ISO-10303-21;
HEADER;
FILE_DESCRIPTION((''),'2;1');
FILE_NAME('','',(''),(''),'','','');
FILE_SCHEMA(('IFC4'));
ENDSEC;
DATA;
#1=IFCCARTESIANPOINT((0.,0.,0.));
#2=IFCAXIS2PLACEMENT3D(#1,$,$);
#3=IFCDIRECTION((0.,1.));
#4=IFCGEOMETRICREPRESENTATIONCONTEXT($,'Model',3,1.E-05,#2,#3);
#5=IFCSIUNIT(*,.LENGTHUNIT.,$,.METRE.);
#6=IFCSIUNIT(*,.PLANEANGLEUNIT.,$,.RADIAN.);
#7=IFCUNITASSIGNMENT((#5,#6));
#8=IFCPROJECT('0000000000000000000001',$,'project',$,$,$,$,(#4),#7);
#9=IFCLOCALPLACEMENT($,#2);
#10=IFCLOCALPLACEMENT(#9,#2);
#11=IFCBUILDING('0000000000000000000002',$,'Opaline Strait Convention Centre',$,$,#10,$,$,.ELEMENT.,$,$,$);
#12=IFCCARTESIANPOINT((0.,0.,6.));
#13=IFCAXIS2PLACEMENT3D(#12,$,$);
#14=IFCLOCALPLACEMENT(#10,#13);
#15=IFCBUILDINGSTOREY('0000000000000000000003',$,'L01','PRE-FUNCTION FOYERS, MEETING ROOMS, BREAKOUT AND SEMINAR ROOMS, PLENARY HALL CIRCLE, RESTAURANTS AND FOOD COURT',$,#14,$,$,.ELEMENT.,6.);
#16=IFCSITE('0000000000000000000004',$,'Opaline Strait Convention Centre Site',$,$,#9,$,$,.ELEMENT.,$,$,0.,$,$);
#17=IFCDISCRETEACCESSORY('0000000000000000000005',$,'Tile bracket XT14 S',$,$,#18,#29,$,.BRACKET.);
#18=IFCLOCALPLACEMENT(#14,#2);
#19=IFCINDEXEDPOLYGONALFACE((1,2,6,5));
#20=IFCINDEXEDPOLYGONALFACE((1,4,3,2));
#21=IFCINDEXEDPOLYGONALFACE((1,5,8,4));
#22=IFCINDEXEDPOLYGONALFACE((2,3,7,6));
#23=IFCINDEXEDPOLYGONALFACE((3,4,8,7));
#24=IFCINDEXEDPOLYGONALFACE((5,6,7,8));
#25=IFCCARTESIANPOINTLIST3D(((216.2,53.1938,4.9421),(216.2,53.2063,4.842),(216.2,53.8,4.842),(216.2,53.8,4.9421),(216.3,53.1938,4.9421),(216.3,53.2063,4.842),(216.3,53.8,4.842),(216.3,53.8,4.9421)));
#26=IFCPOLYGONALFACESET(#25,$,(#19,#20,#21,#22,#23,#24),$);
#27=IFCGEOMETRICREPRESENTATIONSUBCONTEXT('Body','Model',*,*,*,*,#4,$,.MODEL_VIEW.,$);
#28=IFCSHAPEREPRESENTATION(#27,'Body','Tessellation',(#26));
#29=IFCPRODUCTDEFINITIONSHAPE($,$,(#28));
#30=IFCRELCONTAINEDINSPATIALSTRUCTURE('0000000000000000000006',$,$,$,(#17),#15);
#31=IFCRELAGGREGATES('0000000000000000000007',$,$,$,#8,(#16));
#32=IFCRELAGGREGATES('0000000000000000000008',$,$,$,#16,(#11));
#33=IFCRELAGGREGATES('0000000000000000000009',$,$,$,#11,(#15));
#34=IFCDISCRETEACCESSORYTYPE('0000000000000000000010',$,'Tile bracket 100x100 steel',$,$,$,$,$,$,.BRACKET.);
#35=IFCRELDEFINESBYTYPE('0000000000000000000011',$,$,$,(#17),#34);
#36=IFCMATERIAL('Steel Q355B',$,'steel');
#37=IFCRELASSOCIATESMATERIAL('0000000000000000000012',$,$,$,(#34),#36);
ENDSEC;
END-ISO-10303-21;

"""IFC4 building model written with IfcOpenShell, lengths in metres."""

from ifc_helpers import new_model, si_unit, direction, frame, origin, place, context, subcontext, project, spatial, polyline, outline, extrude, material, type_object, element, save


model = new_model("IFC4")

# Units and contexts
model_context = context("Model", 3, precision=1e-05, world=origin(), true_north=direction((0.0, 1.0)))
body_context = subcontext(model_context, "Body", "Model", "MODEL_VIEW")
ifc_project = project(units=[si_unit("LENGTHUNIT", "METRE"), si_unit("PLANEANGLEUNIT", "RADIAN")], contexts=[model_context])

# Site, building, storey
site_placement = place(None, origin())
site = spatial("IfcSite", under=ifc_project, at=site_placement, Name="Opaline Strait Convention Centre Site", CompositionType="ELEMENT", RefElevation=0.0)
building_placement = place(site_placement, origin())
building = spatial("IfcBuilding", under=site, at=building_placement, Name="Opaline Strait Convention Centre", CompositionType="ELEMENT")
storey_placement = place(building_placement, frame((0.0, 0.0, 6.0)))
storey = spatial("IfcBuildingStorey", under=building, at=storey_placement, Name="L01", Description="PRE-FUNCTION FOYERS, MEETING ROOMS, BREAKOUT AND SEMINAR ROOMS, PLENARY HALL CIRCLE, RESTAURANTS AND FOOD COURT", CompositionType="ELEMENT", Elevation=6.0)

# Shared definitions
ifc_material_1 = material(Name="Steel Q355B", Category="steel")

# Discrete accessory
discrete_accessory_type = type_object("IfcDiscreteAccessoryType", Name="Tile bracket 100x100 steel", PredefinedType="BRACKET", material=ifc_material_1)
discrete_accessory_1_placement = place(storey_placement, frame((216.2, 53.8, 4.8921), z_axis=(1.0, 0.0, 0.0), x_axis=(0.0, 1.0, 0.0)))
element("IfcDiscreteAccessory", 1, at=discrete_accessory_1_placement, inside=storey, type_object=discrete_accessory_type, Name="Tile bracket XT14 S", PredefinedType="BRACKET", context=body_context, shape_type="SweptSolid", body=[
    extrude(outline(polyline([(0.0, -0.05), (0.0, 0.05), (-0.6062, 0.05), (-0.5938, -0.05), (0.0, -0.05)])), origin(), (0.0, 0.0, 1.0), 0.1001),
])

save(model, "model.ifc")
